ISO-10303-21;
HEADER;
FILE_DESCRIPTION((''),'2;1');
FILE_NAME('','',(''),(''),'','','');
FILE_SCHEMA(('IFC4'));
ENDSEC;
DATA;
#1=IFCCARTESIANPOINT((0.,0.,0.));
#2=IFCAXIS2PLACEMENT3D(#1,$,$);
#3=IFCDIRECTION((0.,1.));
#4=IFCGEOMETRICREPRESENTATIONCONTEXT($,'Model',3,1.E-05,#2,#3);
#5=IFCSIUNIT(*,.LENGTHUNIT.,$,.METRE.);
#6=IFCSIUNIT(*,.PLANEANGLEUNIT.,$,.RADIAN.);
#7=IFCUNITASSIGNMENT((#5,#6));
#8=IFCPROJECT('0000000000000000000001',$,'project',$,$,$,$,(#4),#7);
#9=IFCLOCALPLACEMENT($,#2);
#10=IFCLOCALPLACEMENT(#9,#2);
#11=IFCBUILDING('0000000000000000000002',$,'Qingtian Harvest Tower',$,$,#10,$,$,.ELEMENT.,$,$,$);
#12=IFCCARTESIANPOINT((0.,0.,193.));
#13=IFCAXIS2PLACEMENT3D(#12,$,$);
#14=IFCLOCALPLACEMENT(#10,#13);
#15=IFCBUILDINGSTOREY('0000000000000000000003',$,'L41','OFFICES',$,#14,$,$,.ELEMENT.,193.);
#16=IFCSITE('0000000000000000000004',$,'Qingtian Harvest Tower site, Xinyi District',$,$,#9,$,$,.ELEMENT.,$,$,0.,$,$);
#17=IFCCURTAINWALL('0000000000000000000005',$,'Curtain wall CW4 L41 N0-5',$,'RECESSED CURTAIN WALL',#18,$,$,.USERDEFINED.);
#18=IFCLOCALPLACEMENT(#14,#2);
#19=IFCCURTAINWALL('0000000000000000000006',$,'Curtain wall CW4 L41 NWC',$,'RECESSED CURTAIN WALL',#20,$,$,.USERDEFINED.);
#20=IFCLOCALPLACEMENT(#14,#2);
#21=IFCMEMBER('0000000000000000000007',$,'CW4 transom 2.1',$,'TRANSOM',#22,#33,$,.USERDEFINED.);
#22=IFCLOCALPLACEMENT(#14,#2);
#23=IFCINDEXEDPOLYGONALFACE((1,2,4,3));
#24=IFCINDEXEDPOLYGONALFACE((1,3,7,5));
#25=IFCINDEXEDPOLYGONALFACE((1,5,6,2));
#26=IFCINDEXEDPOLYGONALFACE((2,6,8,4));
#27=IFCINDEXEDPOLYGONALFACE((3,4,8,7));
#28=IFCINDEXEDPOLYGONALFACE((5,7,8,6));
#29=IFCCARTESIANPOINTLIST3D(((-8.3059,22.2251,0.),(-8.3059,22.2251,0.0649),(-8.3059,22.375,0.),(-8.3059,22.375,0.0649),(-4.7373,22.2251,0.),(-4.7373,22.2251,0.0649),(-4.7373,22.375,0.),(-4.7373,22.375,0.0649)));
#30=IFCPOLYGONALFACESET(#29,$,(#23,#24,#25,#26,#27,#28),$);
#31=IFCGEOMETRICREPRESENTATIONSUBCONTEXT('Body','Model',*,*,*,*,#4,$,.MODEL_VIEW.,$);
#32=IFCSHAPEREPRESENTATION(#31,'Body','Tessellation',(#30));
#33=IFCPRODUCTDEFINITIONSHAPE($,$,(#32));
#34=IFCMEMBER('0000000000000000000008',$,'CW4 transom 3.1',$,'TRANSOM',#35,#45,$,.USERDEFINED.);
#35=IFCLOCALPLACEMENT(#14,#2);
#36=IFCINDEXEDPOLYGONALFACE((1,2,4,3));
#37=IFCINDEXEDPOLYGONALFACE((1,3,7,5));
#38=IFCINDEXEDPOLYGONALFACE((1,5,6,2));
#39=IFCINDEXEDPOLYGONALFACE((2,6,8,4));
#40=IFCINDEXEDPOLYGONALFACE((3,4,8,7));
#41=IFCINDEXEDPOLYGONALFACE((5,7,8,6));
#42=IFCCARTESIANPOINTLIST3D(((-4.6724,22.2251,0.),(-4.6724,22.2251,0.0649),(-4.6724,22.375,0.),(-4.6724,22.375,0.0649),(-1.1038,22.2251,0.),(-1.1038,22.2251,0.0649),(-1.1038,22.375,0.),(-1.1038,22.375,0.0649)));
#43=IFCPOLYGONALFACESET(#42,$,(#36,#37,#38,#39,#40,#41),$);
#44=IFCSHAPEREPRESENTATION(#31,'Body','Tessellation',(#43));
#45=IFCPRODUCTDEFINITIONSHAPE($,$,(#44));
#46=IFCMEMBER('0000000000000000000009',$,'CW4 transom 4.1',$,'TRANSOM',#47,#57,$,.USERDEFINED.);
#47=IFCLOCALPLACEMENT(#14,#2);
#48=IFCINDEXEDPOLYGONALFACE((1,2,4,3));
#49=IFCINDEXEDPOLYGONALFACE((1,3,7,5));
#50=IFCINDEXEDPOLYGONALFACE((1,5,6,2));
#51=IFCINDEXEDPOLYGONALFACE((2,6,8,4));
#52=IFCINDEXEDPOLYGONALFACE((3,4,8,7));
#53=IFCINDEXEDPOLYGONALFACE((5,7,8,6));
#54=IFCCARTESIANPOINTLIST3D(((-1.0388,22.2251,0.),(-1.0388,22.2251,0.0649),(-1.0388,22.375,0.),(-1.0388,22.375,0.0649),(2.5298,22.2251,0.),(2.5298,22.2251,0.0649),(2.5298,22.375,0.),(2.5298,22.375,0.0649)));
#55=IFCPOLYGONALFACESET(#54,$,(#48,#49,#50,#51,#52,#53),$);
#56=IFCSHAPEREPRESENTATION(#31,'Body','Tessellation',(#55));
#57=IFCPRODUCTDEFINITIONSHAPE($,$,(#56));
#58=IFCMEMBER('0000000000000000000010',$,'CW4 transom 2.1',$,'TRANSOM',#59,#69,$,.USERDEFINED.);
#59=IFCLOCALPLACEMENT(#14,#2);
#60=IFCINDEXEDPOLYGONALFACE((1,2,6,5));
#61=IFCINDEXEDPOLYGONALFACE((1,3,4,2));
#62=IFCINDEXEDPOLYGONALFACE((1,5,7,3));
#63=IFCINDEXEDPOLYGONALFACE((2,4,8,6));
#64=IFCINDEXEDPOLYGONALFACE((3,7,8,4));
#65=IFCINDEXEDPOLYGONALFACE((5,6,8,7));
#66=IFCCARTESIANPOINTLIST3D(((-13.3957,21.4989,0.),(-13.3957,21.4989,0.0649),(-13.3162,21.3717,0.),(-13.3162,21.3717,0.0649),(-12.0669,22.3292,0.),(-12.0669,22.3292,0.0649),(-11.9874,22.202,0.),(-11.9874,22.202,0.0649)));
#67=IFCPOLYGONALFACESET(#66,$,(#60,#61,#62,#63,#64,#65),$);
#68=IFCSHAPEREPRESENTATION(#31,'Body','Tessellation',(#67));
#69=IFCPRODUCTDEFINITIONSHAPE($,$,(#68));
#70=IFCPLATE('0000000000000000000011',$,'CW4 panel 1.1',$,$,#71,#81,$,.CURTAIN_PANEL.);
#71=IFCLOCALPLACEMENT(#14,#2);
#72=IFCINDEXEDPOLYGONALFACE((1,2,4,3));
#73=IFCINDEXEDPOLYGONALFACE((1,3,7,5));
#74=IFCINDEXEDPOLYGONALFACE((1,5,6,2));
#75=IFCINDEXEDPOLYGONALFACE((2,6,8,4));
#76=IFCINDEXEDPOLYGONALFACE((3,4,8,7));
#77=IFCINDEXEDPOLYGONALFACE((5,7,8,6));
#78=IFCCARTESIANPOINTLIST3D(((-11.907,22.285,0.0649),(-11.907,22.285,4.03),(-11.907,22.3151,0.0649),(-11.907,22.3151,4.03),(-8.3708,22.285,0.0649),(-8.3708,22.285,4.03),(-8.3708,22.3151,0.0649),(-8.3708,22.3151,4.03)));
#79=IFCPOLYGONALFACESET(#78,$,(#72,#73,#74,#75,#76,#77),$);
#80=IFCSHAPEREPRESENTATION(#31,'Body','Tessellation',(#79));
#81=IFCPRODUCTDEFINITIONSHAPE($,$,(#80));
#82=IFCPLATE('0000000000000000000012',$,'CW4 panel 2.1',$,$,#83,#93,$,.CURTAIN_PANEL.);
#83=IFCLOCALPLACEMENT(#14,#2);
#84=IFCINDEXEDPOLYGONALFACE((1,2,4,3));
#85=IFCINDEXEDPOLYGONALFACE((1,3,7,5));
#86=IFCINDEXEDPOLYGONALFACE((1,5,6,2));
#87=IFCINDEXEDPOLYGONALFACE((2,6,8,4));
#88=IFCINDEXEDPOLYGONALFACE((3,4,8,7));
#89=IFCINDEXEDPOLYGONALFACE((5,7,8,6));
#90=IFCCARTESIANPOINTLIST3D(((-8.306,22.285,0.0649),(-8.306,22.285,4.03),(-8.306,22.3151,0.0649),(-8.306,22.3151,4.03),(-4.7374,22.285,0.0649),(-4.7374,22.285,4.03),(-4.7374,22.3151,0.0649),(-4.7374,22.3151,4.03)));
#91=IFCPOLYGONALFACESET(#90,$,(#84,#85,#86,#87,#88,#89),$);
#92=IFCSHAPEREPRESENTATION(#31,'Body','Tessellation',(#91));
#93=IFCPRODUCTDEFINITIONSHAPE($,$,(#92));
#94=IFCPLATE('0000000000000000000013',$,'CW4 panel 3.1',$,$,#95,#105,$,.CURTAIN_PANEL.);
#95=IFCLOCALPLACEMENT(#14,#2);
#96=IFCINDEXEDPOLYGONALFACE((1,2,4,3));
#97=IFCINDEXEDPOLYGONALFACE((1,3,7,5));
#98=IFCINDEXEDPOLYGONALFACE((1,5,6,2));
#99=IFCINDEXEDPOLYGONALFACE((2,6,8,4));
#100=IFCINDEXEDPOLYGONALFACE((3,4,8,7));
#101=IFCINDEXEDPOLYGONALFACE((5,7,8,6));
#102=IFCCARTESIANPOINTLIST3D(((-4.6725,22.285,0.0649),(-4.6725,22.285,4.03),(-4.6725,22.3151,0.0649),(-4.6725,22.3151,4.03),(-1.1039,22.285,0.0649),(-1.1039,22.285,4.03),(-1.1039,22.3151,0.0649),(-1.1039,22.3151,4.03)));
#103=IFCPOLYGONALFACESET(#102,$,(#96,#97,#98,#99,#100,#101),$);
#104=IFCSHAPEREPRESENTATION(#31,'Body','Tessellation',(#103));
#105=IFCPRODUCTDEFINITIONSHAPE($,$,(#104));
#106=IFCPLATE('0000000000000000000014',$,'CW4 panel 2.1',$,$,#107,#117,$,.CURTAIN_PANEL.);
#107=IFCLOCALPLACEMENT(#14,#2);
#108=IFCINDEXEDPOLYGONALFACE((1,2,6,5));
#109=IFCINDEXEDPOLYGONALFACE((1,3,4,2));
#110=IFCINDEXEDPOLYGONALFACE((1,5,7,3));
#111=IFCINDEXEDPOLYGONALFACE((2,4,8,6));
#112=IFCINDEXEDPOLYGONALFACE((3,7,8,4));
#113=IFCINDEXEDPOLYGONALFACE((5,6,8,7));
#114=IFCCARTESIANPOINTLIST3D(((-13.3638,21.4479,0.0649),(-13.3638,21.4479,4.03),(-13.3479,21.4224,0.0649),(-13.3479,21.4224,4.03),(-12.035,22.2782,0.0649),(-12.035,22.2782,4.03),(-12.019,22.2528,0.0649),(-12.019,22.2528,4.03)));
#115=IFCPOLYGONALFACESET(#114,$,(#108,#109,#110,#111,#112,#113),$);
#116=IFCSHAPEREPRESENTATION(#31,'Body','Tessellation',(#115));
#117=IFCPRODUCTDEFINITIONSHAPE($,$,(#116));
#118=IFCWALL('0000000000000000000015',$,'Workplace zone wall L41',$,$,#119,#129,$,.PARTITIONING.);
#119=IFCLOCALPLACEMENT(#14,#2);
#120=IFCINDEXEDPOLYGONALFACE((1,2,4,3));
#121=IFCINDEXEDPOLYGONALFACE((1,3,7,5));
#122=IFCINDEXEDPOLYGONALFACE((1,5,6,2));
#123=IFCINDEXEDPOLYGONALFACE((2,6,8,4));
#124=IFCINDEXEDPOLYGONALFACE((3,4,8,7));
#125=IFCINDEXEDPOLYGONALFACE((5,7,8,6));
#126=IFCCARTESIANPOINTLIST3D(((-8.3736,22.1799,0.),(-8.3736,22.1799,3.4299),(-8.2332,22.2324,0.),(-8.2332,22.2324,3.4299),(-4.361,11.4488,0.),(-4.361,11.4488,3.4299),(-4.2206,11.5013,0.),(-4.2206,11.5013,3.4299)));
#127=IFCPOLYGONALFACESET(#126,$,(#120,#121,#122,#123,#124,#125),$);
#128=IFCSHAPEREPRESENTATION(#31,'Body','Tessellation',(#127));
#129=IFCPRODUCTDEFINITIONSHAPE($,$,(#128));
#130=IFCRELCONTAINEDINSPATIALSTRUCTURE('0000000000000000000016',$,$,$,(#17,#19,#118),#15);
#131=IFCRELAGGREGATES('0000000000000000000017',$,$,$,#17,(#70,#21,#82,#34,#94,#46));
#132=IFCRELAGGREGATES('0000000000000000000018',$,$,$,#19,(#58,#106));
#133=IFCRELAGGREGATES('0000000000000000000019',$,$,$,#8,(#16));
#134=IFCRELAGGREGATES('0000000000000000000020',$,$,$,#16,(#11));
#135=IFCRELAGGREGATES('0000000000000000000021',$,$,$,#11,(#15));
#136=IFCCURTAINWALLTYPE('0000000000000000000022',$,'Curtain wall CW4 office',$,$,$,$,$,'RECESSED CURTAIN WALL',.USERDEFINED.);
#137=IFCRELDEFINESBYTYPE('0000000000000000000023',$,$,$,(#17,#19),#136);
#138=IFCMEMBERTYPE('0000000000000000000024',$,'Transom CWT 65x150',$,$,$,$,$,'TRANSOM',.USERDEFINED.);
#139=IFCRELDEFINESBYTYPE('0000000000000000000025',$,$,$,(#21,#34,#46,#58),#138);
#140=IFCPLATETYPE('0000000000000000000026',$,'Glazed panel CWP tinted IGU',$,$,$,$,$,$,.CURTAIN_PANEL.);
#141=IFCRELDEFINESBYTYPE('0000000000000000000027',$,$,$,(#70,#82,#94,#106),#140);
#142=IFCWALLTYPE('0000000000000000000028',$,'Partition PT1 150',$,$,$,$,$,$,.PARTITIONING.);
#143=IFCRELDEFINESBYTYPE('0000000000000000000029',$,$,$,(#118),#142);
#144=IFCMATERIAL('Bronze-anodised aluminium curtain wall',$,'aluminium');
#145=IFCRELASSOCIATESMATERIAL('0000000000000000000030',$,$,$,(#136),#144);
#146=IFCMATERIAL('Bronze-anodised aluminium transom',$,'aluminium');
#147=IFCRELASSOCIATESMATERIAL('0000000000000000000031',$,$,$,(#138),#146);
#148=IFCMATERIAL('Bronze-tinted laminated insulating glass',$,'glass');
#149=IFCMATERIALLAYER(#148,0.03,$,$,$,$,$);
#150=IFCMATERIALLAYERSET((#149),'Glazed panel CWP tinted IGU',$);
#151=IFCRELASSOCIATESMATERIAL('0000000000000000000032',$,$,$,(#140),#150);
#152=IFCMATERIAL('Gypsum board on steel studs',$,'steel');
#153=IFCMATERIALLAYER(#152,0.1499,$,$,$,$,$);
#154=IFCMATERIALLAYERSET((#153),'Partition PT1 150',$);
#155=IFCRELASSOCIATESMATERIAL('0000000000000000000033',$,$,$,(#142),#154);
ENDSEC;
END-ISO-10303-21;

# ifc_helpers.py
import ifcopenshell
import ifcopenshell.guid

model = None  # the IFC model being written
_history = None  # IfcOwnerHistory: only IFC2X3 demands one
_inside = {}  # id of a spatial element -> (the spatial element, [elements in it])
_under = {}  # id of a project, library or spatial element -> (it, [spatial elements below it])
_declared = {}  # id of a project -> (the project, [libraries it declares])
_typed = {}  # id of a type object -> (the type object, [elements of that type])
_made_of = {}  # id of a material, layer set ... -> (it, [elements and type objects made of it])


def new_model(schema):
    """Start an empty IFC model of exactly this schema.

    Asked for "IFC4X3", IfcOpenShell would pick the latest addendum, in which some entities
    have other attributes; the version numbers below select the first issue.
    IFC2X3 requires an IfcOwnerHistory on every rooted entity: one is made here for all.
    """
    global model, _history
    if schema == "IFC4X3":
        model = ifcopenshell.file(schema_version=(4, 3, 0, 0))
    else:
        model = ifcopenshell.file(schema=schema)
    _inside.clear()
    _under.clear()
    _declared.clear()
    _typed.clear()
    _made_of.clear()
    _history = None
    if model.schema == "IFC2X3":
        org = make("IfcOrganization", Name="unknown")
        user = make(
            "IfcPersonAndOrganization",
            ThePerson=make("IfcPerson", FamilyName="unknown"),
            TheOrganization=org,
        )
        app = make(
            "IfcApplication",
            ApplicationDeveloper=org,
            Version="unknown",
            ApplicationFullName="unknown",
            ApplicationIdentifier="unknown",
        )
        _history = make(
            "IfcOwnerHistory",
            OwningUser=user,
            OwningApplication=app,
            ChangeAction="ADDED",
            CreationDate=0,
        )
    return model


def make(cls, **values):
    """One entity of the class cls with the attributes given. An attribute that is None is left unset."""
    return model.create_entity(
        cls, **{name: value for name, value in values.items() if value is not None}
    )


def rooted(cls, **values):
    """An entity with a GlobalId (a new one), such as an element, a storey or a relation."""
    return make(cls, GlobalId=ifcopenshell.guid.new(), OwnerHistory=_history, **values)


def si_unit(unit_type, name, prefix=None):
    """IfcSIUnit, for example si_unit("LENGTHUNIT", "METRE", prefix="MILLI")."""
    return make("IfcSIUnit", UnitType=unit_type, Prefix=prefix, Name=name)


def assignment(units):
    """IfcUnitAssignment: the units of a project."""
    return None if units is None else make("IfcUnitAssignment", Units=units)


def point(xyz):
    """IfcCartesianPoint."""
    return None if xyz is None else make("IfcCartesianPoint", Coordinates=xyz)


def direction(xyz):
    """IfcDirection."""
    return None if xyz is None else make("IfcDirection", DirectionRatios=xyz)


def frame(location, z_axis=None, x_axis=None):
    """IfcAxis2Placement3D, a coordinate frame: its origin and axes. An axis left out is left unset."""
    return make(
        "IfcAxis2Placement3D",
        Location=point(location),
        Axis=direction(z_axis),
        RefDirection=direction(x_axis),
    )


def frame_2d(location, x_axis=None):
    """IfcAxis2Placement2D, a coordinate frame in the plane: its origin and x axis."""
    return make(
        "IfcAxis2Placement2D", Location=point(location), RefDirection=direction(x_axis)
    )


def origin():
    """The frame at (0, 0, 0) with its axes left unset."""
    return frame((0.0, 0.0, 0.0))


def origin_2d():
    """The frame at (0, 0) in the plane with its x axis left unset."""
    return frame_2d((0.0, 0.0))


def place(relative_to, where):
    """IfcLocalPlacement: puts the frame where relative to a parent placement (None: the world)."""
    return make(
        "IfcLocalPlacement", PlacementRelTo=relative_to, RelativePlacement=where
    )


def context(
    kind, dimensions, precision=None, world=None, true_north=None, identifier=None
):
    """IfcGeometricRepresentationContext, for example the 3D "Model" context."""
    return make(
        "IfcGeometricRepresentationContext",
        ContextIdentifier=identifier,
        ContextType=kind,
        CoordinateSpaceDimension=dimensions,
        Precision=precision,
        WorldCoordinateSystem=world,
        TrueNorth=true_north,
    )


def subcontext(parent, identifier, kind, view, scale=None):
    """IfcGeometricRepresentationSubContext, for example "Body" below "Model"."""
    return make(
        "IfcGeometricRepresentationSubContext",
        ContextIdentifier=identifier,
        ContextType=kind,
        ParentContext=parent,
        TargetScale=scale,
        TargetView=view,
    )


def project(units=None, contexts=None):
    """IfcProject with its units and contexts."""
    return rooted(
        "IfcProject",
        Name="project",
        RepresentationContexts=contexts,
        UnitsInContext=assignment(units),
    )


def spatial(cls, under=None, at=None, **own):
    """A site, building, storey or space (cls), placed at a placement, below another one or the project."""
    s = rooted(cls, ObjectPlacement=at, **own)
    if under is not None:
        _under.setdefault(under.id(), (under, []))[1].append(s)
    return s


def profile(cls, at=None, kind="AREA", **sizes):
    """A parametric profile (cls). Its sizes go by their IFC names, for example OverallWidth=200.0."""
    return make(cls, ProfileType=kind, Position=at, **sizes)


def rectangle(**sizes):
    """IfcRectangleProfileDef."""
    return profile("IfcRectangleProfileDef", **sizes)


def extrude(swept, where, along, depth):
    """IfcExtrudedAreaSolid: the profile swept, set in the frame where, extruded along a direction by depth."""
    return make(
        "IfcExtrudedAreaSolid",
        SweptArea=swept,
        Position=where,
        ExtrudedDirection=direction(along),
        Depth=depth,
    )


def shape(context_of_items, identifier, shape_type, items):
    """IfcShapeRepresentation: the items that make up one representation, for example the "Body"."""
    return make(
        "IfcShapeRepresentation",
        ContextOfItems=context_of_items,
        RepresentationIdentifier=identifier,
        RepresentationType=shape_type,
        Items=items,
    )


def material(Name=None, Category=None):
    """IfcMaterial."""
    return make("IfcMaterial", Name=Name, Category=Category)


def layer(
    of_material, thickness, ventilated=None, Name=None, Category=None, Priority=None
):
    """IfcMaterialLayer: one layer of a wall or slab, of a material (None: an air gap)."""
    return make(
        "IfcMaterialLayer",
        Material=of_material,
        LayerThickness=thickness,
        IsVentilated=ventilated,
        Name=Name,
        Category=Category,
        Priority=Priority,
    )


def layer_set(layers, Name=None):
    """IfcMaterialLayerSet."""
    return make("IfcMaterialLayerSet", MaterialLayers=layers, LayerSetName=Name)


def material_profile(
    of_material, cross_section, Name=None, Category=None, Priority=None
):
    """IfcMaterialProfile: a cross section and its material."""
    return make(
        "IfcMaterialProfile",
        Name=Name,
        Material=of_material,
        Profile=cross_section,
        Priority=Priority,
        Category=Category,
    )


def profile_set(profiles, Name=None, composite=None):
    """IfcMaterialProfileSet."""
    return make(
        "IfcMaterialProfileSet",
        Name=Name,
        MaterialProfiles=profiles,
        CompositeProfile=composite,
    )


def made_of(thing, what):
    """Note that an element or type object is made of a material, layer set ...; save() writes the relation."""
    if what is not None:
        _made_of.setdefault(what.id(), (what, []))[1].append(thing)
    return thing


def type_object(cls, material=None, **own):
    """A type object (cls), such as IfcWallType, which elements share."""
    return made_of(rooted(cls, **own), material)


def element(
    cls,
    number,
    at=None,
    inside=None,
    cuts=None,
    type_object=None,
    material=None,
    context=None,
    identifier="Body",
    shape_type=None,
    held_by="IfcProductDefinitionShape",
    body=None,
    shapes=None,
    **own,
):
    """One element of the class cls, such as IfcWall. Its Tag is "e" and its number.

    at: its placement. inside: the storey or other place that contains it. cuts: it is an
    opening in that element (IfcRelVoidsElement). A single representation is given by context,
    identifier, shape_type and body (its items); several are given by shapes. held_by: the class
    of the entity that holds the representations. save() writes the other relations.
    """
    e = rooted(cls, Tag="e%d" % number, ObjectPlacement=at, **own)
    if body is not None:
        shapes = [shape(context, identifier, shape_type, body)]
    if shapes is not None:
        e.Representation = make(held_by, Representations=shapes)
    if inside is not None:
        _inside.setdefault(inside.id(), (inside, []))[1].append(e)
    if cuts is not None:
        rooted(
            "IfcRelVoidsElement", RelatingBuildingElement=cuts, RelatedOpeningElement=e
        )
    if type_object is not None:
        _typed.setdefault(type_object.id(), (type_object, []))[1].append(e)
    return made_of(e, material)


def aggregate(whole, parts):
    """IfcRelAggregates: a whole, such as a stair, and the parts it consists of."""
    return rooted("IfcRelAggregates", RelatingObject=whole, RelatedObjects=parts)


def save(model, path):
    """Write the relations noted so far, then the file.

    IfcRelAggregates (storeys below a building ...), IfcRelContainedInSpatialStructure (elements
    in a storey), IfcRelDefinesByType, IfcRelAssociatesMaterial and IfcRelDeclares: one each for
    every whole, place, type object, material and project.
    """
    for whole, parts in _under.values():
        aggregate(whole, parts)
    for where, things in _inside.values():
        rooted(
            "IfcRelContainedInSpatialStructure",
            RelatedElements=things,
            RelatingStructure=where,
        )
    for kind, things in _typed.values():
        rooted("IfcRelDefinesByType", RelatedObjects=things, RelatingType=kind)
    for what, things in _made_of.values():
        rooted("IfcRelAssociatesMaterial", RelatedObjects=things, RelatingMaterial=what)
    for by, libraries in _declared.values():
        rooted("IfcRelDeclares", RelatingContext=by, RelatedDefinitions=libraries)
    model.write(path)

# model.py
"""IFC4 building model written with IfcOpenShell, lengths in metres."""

from ifc_helpers import new_model, si_unit, direction, frame, frame_2d, origin, origin_2d, place, context, subcontext, project, spatial, rectangle, extrude, material, layer, layer_set, material_profile, profile_set, type_object, element, aggregate, save


model = new_model("IFC4")

# Units and contexts
model_context = context("Model", 3, precision=1e-05, world=origin(), true_north=direction((0.0, 1.0)))
body_context = subcontext(model_context, "Body", "Model", "MODEL_VIEW")
ifc_project = project(units=[si_unit("LENGTHUNIT", "METRE"), si_unit("PLANEANGLEUNIT", "RADIAN")], contexts=[model_context])

# Site, building, storey
site_placement = place(None, origin())
site = spatial("IfcSite", under=ifc_project, at=site_placement, Name="Qingtian Harvest Tower site, Xinyi District", CompositionType="ELEMENT", RefElevation=0.0)
building_placement = place(site_placement, origin())
building = spatial("IfcBuilding", under=site, at=building_placement, Name="Qingtian Harvest Tower", CompositionType="ELEMENT")
storey_placement = place(building_placement, frame((0.0, 0.0, 193.0)))
storey = spatial("IfcBuildingStorey", under=building, at=storey_placement, Name="L41", Description="OFFICES", CompositionType="ELEMENT", Elevation=193.0)

# Curtain wall
ifc_material_1 = material(Name="Bronze-anodised aluminium curtain wall", Category="aluminium")
curtain_wall_type = type_object("IfcCurtainWallType", Name="Curtain wall CW4 office", ElementType="RECESSED CURTAIN WALL", PredefinedType="USERDEFINED", material=ifc_material_1)
curtain_wall_1_placement = place(storey_placement, origin())
curtain_wall_1 = element("IfcCurtainWall", 1, at=curtain_wall_1_placement, inside=storey, type_object=curtain_wall_type, Name="Curtain wall CW4 L41 N0-5", ObjectType="RECESSED CURTAIN WALL", PredefinedType="USERDEFINED")

# Curtain wall
curtain_wall_2_placement = place(storey_placement, origin())
curtain_wall_2 = element("IfcCurtainWall", 2, at=curtain_wall_2_placement, inside=storey, type_object=curtain_wall_type, Name="Curtain wall CW4 L41 NWC", ObjectType="RECESSED CURTAIN WALL", PredefinedType="USERDEFINED")

# Members
ifc_material_2 = material(Name="Bronze-anodised aluminium transom", Category="aluminium")
ifc_material_profile_1 = material_profile(ifc_material_2, rectangle(XDim=0.1499, YDim=0.0649, at=origin_2d()), Name="AL 65x150")
ifc_profile_set_1 = profile_set([ifc_material_profile_1], Name="Bronze-anodised aluminium transom")
member_type_1 = type_object("IfcMemberType", Name="Transom CWT 65x150", ElementType="TRANSOM", PredefinedType="USERDEFINED", material=ifc_profile_set_1)
member_1_placement = place(storey_placement, frame((-8.3059, 22.3, 0.0325), z_axis=(1.0, 0.0, 0.0), x_axis=(0.0, 1.0, 0.0)))
member_1 = element("IfcMember", 3, at=member_1_placement, type_object=member_type_1, Name="CW4 transom 2.1", ObjectType="TRANSOM", PredefinedType="USERDEFINED", context=body_context, shape_type="SweptSolid", body=[
    extrude(rectangle(XDim=0.1499, YDim=0.0649, at=origin_2d()), origin(), (0.0, 0.0, 1.0), 3.5686),
])
member_2_placement = place(storey_placement, frame((-4.6724, 22.3, 0.0325), z_axis=(1.0, 0.0, 0.0), x_axis=(0.0, 1.0, 0.0)))
member_2 = element("IfcMember", 4, at=member_2_placement, type_object=member_type_1, Name="CW4 transom 3.1", ObjectType="TRANSOM", PredefinedType="USERDEFINED", context=body_context, shape_type="SweptSolid", body=[
    extrude(rectangle(XDim=0.1499, YDim=0.0649, at=origin_2d()), origin(), (0.0, 0.0, 1.0), 3.5686),
])
member_3_placement = place(storey_placement, frame((-1.0388, 22.3, 0.0325), z_axis=(1.0, 0.0, 0.0), x_axis=(0.0, 1.0, 0.0)))
member_3 = element("IfcMember", 5, at=member_3_placement, type_object=member_type_1, Name="CW4 transom 4.1", ObjectType="TRANSOM", PredefinedType="USERDEFINED", context=body_context, shape_type="SweptSolid", body=[
    extrude(rectangle(XDim=0.1499, YDim=0.0649, at=origin_2d()), origin(), (0.0, 0.0, 1.0), 3.5686),
])
member_4_placement = place(storey_placement, frame((-13.356, 21.4353, 0.0325), z_axis=(0.84806, 0.529901, 0.0), x_axis=(-0.529901, 0.84806, 0.0)))
member_4 = element("IfcMember", 6, at=member_4_placement, type_object=member_type_1, Name="CW4 transom 2.1", ObjectType="TRANSOM", PredefinedType="USERDEFINED", context=body_context, shape_type="SweptSolid", body=[
    extrude(rectangle(XDim=0.1499, YDim=0.0649, at=origin_2d()), origin(), (0.0, 0.0, 1.0), 1.5669),
])

# Plates
ifc_material_3 = material(Name="Bronze-tinted laminated insulating glass", Category="glass")
ifc_layer_1 = layer(ifc_material_3, 0.03)
ifc_layer_set_1 = layer_set([ifc_layer_1], Name="Glazed panel CWP tinted IGU")
plate_type = type_object("IfcPlateType", Name="Glazed panel CWP tinted IGU", PredefinedType="CURTAIN_PANEL", material=ifc_layer_set_1)
plate_1_placement = place(storey_placement, frame((-10.1389, 22.3, 0.0649), z_axis=(0.0, 0.0, 1.0), x_axis=(1.0, 0.0, 0.0)))
plate_1 = element("IfcPlate", 7, at=plate_1_placement, type_object=plate_type, Name="CW4 panel 1.1", PredefinedType="CURTAIN_PANEL", context=body_context, shape_type="SweptSolid", body=[
    extrude(rectangle(XDim=3.5361, YDim=0.03, at=origin_2d()), origin(), (0.0, 0.0, 1.0), 3.9651),
])
plate_2_placement = place(storey_placement, frame((-6.5217, 22.3, 0.0649), z_axis=(0.0, 0.0, 1.0), x_axis=(1.0, 0.0, 0.0)))
plate_2 = element("IfcPlate", 8, at=plate_2_placement, type_object=plate_type, Name="CW4 panel 2.1", PredefinedType="CURTAIN_PANEL", context=body_context, shape_type="SweptSolid", body=[
    extrude(rectangle(XDim=3.5686, YDim=0.03, at=origin_2d()), origin(), (0.0, 0.0, 1.0), 3.9651),
])
plate_3_placement = place(storey_placement, frame((-2.8882, 22.3, 0.0649), z_axis=(0.0, 0.0, 1.0), x_axis=(1.0, 0.0, 0.0)))
plate_3 = element("IfcPlate", 9, at=plate_3_placement, type_object=plate_type, Name="CW4 panel 3.1", PredefinedType="CURTAIN_PANEL", context=body_context, shape_type="SweptSolid", body=[
    extrude(rectangle(XDim=3.5686, YDim=0.03, at=origin_2d()), origin(), (0.0, 0.0, 1.0), 3.9651),
])
aggregate(curtain_wall_1, [plate_1, member_1, plate_2, member_2, plate_3, member_3])
plate_4_placement = place(storey_placement, frame((-12.6914, 21.8503, 0.0649), z_axis=(0.0, 0.0, 1.0), x_axis=(0.848048, 0.529919, 0.0)))
plate_4 = element("IfcPlate", 10, at=plate_4_placement, type_object=plate_type, Name="CW4 panel 2.1", PredefinedType="CURTAIN_PANEL", context=body_context, shape_type="SweptSolid", body=[
    extrude(rectangle(XDim=1.5669, YDim=0.03, at=origin_2d()), origin(), (0.0, 0.0, 1.0), 3.9651),
])
aggregate(curtain_wall_2, [member_4, plate_4])

# Wall
ifc_material_4 = material(Name="Gypsum board on steel studs", Category="steel")
ifc_layer_2 = layer(ifc_material_4, 0.1499)
ifc_layer_set_2 = layer_set([ifc_layer_2], Name="Partition PT1 150")
wall_type = type_object("IfcWallType", Name="Partition PT1 150", PredefinedType="PARTITIONING", material=ifc_layer_set_2)
wall_placement = place(storey_placement, frame((-8.3035, 22.2063, 0.0), z_axis=(0.0, 0.0, 1.0), x_axis=(0.350243, -0.936659, 0.0)))
element("IfcWall", 11, at=wall_placement, inside=storey, type_object=wall_type, Name="Workplace zone wall L41", PredefinedType="PARTITIONING", context=body_context, shape_type="SweptSolid", body=[
    extrude(rectangle(XDim=11.4568, YDim=0.1499, at=frame_2d((5.7285, 0.0))), origin(), (0.0, 0.0, 1.0), 3.4299),
])

save(model, "model.ifc")
